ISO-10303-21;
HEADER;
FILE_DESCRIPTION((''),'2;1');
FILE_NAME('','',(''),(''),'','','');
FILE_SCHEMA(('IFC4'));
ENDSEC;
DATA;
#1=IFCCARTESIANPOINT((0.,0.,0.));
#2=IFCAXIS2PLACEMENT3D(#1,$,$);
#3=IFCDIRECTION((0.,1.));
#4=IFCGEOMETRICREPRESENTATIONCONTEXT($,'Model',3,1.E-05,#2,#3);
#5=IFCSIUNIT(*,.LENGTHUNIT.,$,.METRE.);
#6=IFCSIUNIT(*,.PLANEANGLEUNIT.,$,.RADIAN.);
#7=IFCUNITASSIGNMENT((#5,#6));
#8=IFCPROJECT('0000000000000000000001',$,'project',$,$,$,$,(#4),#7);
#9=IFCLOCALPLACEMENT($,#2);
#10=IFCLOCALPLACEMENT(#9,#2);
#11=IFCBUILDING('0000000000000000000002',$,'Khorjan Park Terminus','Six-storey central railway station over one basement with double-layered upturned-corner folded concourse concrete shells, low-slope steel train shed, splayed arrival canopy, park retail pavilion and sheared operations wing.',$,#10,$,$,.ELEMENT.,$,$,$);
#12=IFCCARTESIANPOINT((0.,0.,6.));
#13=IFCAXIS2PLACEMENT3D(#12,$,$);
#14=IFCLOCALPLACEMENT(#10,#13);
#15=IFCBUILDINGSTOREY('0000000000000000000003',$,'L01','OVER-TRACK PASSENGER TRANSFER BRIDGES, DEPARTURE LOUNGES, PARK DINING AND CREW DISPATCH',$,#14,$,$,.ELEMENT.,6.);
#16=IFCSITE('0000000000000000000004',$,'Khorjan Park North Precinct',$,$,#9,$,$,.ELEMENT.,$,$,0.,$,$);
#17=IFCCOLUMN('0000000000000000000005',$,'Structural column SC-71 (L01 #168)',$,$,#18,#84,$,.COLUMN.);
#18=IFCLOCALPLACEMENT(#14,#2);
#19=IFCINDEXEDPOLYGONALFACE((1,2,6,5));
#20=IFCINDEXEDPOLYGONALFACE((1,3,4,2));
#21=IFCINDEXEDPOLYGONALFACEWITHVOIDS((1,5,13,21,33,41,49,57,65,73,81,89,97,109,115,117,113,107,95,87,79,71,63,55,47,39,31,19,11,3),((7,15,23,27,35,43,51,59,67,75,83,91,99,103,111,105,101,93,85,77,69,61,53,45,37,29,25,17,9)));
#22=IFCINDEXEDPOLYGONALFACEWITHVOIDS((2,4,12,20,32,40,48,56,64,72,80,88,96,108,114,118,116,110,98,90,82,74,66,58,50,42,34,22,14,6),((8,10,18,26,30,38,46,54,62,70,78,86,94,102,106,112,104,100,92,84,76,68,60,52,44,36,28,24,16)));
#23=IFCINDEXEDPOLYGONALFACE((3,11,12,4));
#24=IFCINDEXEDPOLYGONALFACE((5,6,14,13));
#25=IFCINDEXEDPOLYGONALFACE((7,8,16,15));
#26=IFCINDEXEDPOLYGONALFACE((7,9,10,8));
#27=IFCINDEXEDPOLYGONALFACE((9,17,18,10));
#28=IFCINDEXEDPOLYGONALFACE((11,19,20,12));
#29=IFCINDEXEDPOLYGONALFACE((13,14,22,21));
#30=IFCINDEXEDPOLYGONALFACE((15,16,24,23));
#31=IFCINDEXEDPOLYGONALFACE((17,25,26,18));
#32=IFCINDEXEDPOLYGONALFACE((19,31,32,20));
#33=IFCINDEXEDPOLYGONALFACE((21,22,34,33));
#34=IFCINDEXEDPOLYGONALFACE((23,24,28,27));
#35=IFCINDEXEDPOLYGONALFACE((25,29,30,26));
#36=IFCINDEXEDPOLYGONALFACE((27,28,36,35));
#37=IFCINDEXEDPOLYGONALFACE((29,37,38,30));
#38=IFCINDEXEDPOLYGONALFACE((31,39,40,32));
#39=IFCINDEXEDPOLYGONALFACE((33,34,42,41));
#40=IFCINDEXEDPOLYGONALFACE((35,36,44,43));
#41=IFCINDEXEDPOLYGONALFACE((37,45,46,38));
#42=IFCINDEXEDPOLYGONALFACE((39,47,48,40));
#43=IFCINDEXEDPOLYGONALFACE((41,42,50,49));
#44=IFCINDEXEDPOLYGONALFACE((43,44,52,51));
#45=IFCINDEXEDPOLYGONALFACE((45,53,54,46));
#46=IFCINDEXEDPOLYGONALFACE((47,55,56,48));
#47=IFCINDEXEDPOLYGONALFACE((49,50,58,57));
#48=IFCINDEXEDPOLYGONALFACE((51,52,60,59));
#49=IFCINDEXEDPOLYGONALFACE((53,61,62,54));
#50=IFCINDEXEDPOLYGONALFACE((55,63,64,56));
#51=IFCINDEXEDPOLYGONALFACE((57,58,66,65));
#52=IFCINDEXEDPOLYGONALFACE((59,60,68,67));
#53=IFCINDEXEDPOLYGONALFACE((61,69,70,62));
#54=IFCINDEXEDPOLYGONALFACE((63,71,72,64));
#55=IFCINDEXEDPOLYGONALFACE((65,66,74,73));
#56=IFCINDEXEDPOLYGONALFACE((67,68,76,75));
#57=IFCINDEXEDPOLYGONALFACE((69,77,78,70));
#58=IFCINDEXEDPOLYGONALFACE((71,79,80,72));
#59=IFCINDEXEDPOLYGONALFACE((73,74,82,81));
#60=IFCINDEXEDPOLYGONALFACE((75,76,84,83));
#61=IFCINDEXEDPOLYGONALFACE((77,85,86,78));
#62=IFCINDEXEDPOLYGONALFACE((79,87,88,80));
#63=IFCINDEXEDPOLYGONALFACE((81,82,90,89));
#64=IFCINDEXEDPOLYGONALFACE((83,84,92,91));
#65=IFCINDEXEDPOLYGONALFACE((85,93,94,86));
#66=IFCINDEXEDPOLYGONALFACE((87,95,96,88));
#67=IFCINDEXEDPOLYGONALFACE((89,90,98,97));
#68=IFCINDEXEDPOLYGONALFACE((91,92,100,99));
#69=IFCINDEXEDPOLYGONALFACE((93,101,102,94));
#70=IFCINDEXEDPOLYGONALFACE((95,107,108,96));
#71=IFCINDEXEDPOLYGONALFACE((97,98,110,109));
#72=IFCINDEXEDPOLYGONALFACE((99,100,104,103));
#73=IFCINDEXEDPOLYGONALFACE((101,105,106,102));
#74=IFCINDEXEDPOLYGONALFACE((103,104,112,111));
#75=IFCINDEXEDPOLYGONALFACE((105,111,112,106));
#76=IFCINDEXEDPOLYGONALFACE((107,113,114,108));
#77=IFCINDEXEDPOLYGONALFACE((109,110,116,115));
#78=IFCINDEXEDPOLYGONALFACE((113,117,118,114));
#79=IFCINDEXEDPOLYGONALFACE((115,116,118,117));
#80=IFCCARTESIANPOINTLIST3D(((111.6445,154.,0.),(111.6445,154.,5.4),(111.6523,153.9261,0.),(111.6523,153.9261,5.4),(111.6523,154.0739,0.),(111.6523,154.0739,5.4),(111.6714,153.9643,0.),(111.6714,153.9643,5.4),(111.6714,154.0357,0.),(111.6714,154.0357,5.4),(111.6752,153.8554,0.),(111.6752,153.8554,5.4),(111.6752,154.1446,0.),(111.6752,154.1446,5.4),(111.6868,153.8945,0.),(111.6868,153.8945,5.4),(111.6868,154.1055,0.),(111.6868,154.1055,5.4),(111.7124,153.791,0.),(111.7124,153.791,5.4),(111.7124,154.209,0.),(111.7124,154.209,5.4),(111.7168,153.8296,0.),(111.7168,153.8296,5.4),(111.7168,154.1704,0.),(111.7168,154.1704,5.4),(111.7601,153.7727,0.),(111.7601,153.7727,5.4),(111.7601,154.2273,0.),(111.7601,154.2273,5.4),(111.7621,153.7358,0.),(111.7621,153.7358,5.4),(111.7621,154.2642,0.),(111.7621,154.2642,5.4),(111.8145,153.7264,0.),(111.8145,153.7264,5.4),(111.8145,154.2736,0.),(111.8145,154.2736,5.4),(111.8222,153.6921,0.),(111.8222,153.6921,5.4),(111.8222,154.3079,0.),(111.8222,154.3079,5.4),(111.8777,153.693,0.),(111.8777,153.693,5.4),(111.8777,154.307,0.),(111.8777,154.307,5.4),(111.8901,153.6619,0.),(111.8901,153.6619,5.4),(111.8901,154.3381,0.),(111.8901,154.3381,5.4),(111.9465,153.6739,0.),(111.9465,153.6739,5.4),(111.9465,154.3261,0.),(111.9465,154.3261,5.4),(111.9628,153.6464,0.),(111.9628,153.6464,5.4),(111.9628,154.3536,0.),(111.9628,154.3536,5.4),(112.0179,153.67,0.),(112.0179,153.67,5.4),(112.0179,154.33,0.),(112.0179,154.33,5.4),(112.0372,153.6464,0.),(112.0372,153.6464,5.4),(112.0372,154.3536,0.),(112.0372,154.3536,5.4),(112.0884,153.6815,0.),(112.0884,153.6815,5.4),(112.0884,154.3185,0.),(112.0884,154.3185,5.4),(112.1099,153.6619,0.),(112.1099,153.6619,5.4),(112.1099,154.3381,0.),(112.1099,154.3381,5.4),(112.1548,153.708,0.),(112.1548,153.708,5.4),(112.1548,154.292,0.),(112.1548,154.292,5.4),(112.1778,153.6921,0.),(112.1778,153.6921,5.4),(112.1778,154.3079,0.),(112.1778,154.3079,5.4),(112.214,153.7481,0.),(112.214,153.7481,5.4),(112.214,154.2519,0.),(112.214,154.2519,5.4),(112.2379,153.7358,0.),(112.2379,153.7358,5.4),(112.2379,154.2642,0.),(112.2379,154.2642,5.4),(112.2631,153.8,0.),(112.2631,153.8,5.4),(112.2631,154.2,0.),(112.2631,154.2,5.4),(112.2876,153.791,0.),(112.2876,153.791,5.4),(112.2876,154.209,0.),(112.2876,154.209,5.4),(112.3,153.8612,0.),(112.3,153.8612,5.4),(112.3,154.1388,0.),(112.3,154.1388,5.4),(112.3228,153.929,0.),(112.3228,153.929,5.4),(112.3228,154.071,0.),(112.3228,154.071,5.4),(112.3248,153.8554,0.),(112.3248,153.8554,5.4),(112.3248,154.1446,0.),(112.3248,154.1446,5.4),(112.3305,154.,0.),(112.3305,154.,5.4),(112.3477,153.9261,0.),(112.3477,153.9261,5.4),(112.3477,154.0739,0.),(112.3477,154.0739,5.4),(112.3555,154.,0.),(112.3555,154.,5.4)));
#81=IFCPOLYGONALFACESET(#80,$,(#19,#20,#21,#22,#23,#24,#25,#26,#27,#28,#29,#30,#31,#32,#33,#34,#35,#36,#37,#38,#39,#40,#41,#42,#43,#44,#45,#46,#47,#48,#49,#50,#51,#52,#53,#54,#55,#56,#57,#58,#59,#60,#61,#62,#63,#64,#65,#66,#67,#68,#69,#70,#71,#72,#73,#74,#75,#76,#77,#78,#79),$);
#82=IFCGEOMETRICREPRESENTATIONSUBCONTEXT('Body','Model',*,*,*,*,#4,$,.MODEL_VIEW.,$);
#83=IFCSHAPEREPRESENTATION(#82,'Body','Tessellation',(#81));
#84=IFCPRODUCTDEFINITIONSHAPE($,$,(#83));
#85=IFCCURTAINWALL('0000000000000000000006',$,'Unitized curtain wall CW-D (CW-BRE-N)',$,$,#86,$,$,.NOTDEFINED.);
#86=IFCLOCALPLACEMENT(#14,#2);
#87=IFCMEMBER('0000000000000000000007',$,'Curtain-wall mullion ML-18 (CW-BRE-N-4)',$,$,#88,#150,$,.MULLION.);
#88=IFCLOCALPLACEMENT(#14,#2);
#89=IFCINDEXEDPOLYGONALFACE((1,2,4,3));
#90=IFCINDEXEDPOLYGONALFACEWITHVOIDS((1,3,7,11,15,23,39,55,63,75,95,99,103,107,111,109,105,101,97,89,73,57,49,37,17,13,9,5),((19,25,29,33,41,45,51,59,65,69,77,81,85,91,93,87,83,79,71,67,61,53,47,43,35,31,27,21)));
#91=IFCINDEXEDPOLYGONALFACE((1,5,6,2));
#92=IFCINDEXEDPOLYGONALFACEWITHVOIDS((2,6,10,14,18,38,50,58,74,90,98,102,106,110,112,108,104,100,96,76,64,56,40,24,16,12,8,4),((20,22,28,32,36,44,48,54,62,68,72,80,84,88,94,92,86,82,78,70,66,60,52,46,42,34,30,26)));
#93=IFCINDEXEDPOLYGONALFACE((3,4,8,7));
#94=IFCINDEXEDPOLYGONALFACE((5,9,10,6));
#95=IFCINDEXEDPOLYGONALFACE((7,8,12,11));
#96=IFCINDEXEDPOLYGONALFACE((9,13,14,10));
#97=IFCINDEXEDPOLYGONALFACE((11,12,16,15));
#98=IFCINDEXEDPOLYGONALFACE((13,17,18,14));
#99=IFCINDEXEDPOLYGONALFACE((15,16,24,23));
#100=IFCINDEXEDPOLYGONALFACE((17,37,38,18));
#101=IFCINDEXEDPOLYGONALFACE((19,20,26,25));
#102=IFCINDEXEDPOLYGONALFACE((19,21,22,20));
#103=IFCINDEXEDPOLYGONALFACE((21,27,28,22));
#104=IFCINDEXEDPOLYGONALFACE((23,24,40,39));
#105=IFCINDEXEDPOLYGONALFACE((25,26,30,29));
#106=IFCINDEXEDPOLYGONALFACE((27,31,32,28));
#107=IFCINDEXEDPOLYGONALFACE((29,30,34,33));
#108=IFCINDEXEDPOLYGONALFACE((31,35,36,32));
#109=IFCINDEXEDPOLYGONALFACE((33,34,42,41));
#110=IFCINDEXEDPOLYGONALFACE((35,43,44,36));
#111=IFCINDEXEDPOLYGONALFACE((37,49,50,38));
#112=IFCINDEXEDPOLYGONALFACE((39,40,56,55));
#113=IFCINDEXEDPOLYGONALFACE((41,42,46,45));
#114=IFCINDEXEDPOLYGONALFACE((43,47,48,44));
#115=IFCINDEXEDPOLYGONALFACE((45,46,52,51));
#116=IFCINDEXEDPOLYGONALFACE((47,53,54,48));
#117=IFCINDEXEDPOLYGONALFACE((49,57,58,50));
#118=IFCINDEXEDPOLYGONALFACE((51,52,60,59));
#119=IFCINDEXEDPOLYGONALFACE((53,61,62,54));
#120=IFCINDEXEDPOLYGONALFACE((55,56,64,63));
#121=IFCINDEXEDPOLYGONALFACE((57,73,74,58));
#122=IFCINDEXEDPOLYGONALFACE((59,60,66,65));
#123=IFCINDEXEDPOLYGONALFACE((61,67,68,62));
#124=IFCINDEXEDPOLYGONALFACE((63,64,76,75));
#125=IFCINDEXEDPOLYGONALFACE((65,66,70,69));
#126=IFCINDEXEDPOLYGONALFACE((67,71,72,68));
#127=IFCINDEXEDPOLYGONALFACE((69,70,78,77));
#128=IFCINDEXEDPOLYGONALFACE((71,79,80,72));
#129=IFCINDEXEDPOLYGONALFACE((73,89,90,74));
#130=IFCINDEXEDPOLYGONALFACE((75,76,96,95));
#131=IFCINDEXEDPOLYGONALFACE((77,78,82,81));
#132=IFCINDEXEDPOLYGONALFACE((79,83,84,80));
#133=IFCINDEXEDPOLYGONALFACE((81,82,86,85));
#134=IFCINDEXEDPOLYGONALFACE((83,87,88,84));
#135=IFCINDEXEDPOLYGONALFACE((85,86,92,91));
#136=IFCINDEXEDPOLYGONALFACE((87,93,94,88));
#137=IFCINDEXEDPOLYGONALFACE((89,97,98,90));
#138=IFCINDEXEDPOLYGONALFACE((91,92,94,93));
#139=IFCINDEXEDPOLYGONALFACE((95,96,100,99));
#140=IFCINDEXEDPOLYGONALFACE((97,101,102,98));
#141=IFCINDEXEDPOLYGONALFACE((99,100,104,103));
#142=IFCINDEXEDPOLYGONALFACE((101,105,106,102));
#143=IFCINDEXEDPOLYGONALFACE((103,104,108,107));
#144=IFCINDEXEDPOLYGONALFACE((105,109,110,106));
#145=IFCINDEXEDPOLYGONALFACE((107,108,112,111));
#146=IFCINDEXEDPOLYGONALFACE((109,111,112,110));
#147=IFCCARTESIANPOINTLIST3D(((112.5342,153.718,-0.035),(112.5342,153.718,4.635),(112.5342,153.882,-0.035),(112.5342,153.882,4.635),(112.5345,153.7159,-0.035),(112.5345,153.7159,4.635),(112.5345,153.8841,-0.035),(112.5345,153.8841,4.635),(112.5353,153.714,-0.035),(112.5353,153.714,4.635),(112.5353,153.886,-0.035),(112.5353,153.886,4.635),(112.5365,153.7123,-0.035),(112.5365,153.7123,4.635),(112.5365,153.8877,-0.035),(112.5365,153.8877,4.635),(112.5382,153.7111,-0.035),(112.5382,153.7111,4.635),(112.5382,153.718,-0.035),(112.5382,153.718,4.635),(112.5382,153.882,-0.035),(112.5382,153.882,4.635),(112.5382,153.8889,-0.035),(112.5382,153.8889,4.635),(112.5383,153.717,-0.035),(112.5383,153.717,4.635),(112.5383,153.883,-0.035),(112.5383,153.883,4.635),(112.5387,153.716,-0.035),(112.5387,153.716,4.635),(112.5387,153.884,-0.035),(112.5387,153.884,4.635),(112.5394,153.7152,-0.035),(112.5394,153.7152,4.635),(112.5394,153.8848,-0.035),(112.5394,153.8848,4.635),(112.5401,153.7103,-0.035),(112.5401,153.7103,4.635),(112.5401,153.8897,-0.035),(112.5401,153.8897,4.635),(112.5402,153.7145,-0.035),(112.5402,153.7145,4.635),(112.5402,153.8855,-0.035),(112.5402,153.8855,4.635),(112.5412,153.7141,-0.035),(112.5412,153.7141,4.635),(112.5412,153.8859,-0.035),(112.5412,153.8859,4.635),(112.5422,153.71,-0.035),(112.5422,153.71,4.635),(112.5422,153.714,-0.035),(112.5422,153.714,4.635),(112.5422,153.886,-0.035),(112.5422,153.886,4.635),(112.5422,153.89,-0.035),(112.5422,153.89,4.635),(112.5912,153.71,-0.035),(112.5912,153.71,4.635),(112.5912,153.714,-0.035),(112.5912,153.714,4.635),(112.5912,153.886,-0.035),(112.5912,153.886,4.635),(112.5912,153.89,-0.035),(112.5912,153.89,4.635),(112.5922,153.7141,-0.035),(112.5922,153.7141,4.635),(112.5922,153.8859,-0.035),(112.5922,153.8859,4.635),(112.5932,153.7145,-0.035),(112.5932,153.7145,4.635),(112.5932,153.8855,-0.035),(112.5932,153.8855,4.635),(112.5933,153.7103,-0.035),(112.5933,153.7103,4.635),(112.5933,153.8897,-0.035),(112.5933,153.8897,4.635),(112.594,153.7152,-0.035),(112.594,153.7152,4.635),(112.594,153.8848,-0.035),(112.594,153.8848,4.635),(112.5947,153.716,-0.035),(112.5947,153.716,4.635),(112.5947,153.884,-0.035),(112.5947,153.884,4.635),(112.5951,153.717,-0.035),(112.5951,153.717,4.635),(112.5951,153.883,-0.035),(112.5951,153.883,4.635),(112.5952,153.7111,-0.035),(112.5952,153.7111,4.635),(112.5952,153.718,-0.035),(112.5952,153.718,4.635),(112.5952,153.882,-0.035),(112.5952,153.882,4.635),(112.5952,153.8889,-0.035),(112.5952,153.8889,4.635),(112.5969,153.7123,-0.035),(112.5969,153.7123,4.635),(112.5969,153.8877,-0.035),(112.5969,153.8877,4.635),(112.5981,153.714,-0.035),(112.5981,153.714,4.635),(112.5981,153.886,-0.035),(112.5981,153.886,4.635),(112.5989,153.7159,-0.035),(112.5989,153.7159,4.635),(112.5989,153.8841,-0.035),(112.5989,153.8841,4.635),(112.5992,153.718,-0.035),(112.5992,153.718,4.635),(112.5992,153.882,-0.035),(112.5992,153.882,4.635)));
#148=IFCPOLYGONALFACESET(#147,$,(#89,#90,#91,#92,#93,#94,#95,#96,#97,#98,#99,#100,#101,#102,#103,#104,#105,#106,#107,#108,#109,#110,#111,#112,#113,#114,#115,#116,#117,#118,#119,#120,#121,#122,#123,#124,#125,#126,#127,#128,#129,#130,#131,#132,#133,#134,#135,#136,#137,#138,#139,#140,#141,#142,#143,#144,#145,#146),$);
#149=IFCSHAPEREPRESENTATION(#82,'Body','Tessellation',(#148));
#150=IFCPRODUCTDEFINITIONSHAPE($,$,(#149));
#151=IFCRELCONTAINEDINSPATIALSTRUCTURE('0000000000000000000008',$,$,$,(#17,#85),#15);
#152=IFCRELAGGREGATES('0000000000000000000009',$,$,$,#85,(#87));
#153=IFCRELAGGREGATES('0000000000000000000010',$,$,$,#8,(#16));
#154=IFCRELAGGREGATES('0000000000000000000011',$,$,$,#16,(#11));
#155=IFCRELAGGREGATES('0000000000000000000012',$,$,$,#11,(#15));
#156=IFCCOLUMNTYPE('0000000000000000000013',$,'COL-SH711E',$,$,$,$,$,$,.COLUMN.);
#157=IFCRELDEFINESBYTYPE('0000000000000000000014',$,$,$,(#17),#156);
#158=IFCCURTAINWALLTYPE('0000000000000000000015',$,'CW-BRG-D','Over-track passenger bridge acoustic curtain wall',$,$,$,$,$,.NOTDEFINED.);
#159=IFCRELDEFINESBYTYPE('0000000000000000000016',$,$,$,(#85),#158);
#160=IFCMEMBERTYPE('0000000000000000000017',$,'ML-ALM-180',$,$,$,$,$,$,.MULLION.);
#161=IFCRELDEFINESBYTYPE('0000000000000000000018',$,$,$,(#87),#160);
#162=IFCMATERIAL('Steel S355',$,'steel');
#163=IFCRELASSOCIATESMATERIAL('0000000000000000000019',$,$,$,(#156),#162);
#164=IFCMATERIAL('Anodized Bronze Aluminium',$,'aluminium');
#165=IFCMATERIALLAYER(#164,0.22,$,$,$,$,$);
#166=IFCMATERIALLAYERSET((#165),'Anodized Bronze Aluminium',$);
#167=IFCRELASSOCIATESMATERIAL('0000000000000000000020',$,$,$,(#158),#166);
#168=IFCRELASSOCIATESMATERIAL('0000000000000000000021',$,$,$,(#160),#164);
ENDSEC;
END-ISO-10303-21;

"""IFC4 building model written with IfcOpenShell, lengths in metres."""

from ifc_helpers import new_model, si_unit, direction, frame, origin, origin_2d, place, context, subcontext, project, spatial, hollow_rectangle, hollow_circle, extrude, material, layer, layer_set, material_profile, profile_set, type_object, element, aggregate, save


model = new_model("IFC4")

# Units and contexts
model_context = context("Model", 3, precision=1e-05, world=origin(), true_north=direction((0.0, 1.0)))
body_context = subcontext(model_context, "Body", "Model", "MODEL_VIEW")
ifc_project = project(units=[si_unit("LENGTHUNIT", "METRE"), si_unit("PLANEANGLEUNIT", "RADIAN")], contexts=[model_context])

# Site, building, storey
site_placement = place(None, origin())
site = spatial("IfcSite", under=ifc_project, at=site_placement, Name="Khorjan Park North Precinct", CompositionType="ELEMENT", RefElevation=0.0)
building_placement = place(site_placement, origin())
building = spatial("IfcBuilding", under=site, at=building_placement, Name="Khorjan Park Terminus", Description="Six-storey central railway station over one basement with double-layered upturned-corner folded concourse concrete shells, low-slope steel train shed, splayed arrival canopy, park retail pavilion and sheared operations wing.", CompositionType="ELEMENT")
storey_placement = place(building_placement, frame((0.0, 0.0, 6.0)))
storey = spatial("IfcBuildingStorey", under=building, at=storey_placement, Name="L01", Description="OVER-TRACK PASSENGER TRANSFER BRIDGES, DEPARTURE LOUNGES, PARK DINING AND CREW DISPATCH", CompositionType="ELEMENT", Elevation=6.0)

# Column
ifc_material_1 = material(Name="Steel S355", Category="steel")
ifc_material_profile_1 = material_profile(ifc_material_1, hollow_circle(Radius=0.3555, WallThickness=0.025, at=origin_2d()), Name="CHS 711x25")
ifc_profile_set_1 = profile_set([ifc_material_profile_1], Name="Steel S355")
column_type = type_object("IfcColumnType", Name="COL-SH711E", PredefinedType="COLUMN", material=ifc_profile_set_1)
column_placement = place(storey_placement, frame((112.0, 154.0, 0.0), z_axis=(0.0, 0.0, 1.0), x_axis=(1.0, 0.0, 0.0)))
element("IfcColumn", 1, at=column_placement, inside=storey, type_object=column_type, Name="Structural column SC-71 (L01 #168)", PredefinedType="COLUMN", context=body_context, shape_type="SweptSolid", body=[
    extrude(hollow_circle(Radius=0.3555, WallThickness=0.025, at=origin_2d()), origin(), (0.0, 0.0, 1.0), 5.4),
])

# Curtain wall, member
ifc_material_2 = material(Name="Anodized Bronze Aluminium", Category="aluminium")
ifc_layer_1 = layer(ifc_material_2, 0.22)
ifc_layer_set_1 = layer_set([ifc_layer_1], Name="Anodized Bronze Aluminium")
curtain_wall_type = type_object("IfcCurtainWallType", Name="CW-BRG-D", Description="Over-track passenger bridge acoustic curtain wall", PredefinedType="NOTDEFINED", material=ifc_layer_set_1)
curtain_wall_placement = place(storey_placement, origin())
curtain_wall = element("IfcCurtainWall", 2, at=curtain_wall_placement, inside=storey, type_object=curtain_wall_type, Name="Unitized curtain wall CW-D (CW-BRE-N)", PredefinedType="NOTDEFINED")
ifc_material_profile_2 = material_profile(ifc_material_2, hollow_rectangle(XDim=0.065, YDim=0.18, WallThickness=0.004, InnerFilletRadius=0.004, OuterFilletRadius=0.008, at=origin_2d()), Name="ALM 65x180x4")
ifc_profile_set_2 = profile_set([ifc_material_profile_2], Name="Anodized Bronze Aluminium")
member_type_1 = type_object("IfcMemberType", Name="ML-ALM-180", PredefinedType="MULLION", material=ifc_profile_set_2)
member_1_placement = place(storey_placement, frame((112.5667, 153.8, -0.035), z_axis=(0.0, 0.0, 1.0), x_axis=(-1.0, 0.0, 0.0)))
member_1 = element("IfcMember", 3, at=member_1_placement, type_object=member_type_1, Name="Curtain-wall mullion ML-18 (CW-BRE-N-4)", PredefinedType="MULLION", context=body_context, shape_type="SweptSolid", body=[
    extrude(hollow_rectangle(XDim=0.065, YDim=0.18, WallThickness=0.004, InnerFilletRadius=0.004, OuterFilletRadius=0.008, at=origin_2d()), origin(), (0.0, 0.0, 1.0), 4.67),
])
aggregate(curtain_wall, [member_1])

save(model, "model.ifc")
